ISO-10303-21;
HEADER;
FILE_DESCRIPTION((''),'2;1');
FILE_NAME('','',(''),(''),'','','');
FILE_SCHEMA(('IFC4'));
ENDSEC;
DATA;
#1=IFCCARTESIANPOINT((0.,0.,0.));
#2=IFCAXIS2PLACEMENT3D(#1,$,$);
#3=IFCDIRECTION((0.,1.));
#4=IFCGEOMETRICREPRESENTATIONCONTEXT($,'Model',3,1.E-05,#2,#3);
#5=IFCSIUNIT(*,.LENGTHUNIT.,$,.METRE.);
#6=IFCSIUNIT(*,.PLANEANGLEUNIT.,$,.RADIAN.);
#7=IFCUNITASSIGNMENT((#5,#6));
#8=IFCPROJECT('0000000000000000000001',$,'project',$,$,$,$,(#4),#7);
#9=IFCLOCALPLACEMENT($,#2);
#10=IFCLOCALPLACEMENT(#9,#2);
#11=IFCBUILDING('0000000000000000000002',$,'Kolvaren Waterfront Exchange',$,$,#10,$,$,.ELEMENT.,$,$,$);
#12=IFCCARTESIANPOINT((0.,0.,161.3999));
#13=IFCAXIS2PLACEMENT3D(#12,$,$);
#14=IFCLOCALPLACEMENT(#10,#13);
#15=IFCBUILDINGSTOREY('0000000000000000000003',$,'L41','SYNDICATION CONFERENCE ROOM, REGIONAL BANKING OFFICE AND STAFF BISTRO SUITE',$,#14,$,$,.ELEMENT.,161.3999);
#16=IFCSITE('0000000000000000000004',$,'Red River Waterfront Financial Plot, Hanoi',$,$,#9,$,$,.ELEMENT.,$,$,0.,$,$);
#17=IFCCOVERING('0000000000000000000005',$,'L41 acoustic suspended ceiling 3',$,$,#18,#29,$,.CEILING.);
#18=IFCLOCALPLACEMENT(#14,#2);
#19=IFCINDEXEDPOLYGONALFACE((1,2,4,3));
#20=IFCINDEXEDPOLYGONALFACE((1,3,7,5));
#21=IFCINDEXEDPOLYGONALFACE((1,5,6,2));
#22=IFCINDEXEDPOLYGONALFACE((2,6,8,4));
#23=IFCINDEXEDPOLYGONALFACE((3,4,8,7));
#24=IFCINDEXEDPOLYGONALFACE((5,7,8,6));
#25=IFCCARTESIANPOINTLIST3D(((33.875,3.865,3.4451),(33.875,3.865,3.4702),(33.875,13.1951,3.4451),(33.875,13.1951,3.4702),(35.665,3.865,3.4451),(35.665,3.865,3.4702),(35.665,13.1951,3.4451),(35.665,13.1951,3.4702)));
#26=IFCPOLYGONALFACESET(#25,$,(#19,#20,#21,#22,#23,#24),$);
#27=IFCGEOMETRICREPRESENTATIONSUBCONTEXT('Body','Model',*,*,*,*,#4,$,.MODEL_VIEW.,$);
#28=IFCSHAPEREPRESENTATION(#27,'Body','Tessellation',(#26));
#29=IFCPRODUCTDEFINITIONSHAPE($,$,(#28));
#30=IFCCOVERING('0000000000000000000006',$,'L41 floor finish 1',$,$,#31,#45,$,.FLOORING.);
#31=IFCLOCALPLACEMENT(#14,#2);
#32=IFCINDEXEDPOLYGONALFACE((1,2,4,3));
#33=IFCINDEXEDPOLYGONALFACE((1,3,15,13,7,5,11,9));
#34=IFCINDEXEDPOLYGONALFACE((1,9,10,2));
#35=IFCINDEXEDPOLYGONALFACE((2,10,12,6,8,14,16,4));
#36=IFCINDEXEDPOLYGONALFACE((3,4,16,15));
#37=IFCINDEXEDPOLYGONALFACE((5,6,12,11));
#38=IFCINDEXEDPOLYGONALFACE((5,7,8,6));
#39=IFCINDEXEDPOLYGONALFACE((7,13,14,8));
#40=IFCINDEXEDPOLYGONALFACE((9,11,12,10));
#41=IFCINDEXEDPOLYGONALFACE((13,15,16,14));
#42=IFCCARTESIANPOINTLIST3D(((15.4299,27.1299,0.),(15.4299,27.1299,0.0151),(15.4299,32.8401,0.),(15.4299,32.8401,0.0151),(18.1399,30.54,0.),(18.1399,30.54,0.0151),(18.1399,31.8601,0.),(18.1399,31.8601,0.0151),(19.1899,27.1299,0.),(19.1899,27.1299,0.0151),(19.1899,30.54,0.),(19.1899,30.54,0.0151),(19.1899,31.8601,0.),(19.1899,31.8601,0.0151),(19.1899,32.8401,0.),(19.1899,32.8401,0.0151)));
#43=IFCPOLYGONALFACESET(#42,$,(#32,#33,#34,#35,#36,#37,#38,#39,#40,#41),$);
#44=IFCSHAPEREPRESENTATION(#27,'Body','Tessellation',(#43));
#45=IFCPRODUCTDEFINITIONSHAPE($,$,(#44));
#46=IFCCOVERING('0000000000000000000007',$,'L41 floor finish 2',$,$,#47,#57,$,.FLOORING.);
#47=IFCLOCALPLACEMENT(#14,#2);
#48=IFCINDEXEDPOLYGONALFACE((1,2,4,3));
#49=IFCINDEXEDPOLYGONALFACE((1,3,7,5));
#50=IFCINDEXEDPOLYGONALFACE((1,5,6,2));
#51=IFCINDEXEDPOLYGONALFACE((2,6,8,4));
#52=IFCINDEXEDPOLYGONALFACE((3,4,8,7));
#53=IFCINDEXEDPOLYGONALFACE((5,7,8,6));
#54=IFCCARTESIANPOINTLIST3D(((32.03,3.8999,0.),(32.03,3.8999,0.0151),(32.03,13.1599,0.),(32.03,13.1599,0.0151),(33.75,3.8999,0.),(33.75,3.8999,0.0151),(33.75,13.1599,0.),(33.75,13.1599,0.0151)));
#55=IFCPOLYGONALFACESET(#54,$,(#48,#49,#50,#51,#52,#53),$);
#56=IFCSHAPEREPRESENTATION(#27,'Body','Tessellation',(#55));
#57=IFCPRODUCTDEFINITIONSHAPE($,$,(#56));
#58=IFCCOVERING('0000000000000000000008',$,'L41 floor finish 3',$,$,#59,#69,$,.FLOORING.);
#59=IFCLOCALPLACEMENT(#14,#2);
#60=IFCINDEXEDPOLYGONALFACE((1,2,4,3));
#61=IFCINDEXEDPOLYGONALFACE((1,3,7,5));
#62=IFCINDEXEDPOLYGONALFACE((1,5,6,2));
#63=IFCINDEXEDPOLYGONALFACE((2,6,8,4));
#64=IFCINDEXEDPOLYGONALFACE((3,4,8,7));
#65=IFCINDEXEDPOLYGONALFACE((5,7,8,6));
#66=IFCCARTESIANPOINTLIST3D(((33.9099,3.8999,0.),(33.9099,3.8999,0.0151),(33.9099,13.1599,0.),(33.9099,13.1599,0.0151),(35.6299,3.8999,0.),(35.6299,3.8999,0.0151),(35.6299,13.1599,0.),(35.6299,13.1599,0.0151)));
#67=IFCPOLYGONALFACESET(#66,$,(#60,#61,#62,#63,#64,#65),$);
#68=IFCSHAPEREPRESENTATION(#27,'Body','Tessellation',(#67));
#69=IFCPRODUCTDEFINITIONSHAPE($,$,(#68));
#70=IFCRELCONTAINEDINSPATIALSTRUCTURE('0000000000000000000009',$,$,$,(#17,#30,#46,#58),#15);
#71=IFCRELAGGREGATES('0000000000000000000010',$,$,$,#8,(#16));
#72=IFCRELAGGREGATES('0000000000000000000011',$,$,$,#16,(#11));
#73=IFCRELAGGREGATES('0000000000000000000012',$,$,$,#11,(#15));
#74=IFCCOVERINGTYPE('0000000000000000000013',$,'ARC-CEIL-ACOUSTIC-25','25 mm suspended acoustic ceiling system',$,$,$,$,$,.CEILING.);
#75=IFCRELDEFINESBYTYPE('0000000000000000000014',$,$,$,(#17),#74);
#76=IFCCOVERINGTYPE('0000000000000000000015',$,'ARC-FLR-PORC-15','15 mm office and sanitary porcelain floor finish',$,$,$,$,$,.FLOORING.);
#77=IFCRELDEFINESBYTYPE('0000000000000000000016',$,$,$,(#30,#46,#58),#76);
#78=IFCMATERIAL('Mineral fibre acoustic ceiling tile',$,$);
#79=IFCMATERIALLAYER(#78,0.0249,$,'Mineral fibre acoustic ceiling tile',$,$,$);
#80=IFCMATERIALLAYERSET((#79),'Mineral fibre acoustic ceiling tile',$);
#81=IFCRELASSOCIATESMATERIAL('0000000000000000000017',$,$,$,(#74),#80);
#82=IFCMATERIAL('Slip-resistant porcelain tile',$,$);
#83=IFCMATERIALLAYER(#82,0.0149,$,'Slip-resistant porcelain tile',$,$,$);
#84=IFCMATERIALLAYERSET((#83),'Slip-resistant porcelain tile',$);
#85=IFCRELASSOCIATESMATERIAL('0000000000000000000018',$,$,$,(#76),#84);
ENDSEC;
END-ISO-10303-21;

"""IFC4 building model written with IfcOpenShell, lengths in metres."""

from ifc_helpers import new_model, si_unit, direction, frame, origin, place, context, subcontext, project, spatial, polyline, outline, extrude, material, layer, layer_set, type_object, element, save


model = new_model("IFC4")

# Units and contexts
model_context = context("Model", 3, precision=1e-05, world=origin(), true_north=direction((0.0, 1.0)))
body_context = subcontext(model_context, "Body", "Model", "MODEL_VIEW")
ifc_project = project(units=[si_unit("LENGTHUNIT", "METRE"), si_unit("PLANEANGLEUNIT", "RADIAN")], contexts=[model_context])

# Site, building, storey
site_placement = place(None, origin())
site = spatial("IfcSite", under=ifc_project, at=site_placement, Name="Red River Waterfront Financial Plot, Hanoi", CompositionType="ELEMENT", RefElevation=0.0)
building_placement = place(site_placement, origin())
building = spatial("IfcBuilding", under=site, at=building_placement, Name="Kolvaren Waterfront Exchange", CompositionType="ELEMENT")
storey_placement = place(building_placement, frame((0.0, 0.0, 161.3999)))
storey = spatial("IfcBuildingStorey", under=building, at=storey_placement, Name="L41", Description="SYNDICATION CONFERENCE ROOM, REGIONAL BANKING OFFICE AND STAFF BISTRO SUITE", CompositionType="ELEMENT", Elevation=161.3999)

# Coverings
ifc_material_1 = material(Name="Mineral fibre acoustic ceiling tile")
ifc_layer_1 = layer(ifc_material_1, 0.0249, Name="Mineral fibre acoustic ceiling tile")
ifc_layer_set_1 = layer_set([ifc_layer_1], Name="Mineral fibre acoustic ceiling tile")
covering_type_1 = type_object("IfcCoveringType", Name="ARC-CEIL-ACOUSTIC-25", Description="25 mm suspended acoustic ceiling system", PredefinedType="CEILING", material=ifc_layer_set_1)
covering_1_placement = place(storey_placement, frame((0.0, 0.0, 3.4451)))
element("IfcCovering", 1, at=covering_1_placement, inside=storey, type_object=covering_type_1, Name="L41 acoustic suspended ceiling 3", PredefinedType="CEILING", context=body_context, shape_type="SweptSolid", body=[
    extrude(outline(polyline([(35.665, 3.865), (35.665, 13.1951), (33.875, 13.1951), (33.875, 3.865), (35.665, 3.865)])), origin(), (0.0, 0.0, 1.0), 0.0251),
])
ifc_material_2 = material(Name="Slip-resistant porcelain tile")
ifc_layer_2 = layer(ifc_material_2, 0.0149, Name="Slip-resistant porcelain tile")
ifc_layer_set_2 = layer_set([ifc_layer_2], Name="Slip-resistant porcelain tile")
covering_type_2 = type_object("IfcCoveringType", Name="ARC-FLR-PORC-15", Description="15 mm office and sanitary porcelain floor finish", PredefinedType="FLOORING", material=ifc_layer_set_2)
covering_2_placement = place(storey_placement, origin())
element("IfcCovering", 2, at=covering_2_placement, inside=storey, type_object=covering_type_2, Name="L41 floor finish 1", PredefinedType="FLOORING", context=body_context, shape_type="SweptSolid", body=[
    extrude(outline(polyline([(15.4299, 32.8401), (15.4299, 27.1299), (19.1899, 27.1299), (19.1899, 30.54), (18.1399, 30.54), (18.1399, 31.8601), (19.1899, 31.8601), (19.1899, 32.8401), (15.4299, 32.8401)])), origin(), (0.0, 0.0, 1.0), 0.0151),
])
covering_3_placement = place(storey_placement, origin())
element("IfcCovering", 3, at=covering_3_placement, inside=storey, type_object=covering_type_2, Name="L41 floor finish 2", PredefinedType="FLOORING", context=body_context, shape_type="SweptSolid", body=[
    extrude(outline(polyline([(32.03, 13.1599), (32.03, 3.8999), (33.75, 3.8999), (33.75, 13.1599), (32.03, 13.1599)])), origin(), (0.0, 0.0, 1.0), 0.0151),
])
covering_4_placement = place(storey_placement, origin())
element("IfcCovering", 4, at=covering_4_placement, inside=storey, type_object=covering_type_2, Name="L41 floor finish 3", PredefinedType="FLOORING", context=body_context, shape_type="SweptSolid", body=[
    extrude(outline(polyline([(33.9099, 13.1599), (33.9099, 3.8999), (35.6299, 3.8999), (35.6299, 13.1599), (33.9099, 13.1599)])), origin(), (0.0, 0.0, 1.0), 0.0151),
])

save(model, "model.ifc")
